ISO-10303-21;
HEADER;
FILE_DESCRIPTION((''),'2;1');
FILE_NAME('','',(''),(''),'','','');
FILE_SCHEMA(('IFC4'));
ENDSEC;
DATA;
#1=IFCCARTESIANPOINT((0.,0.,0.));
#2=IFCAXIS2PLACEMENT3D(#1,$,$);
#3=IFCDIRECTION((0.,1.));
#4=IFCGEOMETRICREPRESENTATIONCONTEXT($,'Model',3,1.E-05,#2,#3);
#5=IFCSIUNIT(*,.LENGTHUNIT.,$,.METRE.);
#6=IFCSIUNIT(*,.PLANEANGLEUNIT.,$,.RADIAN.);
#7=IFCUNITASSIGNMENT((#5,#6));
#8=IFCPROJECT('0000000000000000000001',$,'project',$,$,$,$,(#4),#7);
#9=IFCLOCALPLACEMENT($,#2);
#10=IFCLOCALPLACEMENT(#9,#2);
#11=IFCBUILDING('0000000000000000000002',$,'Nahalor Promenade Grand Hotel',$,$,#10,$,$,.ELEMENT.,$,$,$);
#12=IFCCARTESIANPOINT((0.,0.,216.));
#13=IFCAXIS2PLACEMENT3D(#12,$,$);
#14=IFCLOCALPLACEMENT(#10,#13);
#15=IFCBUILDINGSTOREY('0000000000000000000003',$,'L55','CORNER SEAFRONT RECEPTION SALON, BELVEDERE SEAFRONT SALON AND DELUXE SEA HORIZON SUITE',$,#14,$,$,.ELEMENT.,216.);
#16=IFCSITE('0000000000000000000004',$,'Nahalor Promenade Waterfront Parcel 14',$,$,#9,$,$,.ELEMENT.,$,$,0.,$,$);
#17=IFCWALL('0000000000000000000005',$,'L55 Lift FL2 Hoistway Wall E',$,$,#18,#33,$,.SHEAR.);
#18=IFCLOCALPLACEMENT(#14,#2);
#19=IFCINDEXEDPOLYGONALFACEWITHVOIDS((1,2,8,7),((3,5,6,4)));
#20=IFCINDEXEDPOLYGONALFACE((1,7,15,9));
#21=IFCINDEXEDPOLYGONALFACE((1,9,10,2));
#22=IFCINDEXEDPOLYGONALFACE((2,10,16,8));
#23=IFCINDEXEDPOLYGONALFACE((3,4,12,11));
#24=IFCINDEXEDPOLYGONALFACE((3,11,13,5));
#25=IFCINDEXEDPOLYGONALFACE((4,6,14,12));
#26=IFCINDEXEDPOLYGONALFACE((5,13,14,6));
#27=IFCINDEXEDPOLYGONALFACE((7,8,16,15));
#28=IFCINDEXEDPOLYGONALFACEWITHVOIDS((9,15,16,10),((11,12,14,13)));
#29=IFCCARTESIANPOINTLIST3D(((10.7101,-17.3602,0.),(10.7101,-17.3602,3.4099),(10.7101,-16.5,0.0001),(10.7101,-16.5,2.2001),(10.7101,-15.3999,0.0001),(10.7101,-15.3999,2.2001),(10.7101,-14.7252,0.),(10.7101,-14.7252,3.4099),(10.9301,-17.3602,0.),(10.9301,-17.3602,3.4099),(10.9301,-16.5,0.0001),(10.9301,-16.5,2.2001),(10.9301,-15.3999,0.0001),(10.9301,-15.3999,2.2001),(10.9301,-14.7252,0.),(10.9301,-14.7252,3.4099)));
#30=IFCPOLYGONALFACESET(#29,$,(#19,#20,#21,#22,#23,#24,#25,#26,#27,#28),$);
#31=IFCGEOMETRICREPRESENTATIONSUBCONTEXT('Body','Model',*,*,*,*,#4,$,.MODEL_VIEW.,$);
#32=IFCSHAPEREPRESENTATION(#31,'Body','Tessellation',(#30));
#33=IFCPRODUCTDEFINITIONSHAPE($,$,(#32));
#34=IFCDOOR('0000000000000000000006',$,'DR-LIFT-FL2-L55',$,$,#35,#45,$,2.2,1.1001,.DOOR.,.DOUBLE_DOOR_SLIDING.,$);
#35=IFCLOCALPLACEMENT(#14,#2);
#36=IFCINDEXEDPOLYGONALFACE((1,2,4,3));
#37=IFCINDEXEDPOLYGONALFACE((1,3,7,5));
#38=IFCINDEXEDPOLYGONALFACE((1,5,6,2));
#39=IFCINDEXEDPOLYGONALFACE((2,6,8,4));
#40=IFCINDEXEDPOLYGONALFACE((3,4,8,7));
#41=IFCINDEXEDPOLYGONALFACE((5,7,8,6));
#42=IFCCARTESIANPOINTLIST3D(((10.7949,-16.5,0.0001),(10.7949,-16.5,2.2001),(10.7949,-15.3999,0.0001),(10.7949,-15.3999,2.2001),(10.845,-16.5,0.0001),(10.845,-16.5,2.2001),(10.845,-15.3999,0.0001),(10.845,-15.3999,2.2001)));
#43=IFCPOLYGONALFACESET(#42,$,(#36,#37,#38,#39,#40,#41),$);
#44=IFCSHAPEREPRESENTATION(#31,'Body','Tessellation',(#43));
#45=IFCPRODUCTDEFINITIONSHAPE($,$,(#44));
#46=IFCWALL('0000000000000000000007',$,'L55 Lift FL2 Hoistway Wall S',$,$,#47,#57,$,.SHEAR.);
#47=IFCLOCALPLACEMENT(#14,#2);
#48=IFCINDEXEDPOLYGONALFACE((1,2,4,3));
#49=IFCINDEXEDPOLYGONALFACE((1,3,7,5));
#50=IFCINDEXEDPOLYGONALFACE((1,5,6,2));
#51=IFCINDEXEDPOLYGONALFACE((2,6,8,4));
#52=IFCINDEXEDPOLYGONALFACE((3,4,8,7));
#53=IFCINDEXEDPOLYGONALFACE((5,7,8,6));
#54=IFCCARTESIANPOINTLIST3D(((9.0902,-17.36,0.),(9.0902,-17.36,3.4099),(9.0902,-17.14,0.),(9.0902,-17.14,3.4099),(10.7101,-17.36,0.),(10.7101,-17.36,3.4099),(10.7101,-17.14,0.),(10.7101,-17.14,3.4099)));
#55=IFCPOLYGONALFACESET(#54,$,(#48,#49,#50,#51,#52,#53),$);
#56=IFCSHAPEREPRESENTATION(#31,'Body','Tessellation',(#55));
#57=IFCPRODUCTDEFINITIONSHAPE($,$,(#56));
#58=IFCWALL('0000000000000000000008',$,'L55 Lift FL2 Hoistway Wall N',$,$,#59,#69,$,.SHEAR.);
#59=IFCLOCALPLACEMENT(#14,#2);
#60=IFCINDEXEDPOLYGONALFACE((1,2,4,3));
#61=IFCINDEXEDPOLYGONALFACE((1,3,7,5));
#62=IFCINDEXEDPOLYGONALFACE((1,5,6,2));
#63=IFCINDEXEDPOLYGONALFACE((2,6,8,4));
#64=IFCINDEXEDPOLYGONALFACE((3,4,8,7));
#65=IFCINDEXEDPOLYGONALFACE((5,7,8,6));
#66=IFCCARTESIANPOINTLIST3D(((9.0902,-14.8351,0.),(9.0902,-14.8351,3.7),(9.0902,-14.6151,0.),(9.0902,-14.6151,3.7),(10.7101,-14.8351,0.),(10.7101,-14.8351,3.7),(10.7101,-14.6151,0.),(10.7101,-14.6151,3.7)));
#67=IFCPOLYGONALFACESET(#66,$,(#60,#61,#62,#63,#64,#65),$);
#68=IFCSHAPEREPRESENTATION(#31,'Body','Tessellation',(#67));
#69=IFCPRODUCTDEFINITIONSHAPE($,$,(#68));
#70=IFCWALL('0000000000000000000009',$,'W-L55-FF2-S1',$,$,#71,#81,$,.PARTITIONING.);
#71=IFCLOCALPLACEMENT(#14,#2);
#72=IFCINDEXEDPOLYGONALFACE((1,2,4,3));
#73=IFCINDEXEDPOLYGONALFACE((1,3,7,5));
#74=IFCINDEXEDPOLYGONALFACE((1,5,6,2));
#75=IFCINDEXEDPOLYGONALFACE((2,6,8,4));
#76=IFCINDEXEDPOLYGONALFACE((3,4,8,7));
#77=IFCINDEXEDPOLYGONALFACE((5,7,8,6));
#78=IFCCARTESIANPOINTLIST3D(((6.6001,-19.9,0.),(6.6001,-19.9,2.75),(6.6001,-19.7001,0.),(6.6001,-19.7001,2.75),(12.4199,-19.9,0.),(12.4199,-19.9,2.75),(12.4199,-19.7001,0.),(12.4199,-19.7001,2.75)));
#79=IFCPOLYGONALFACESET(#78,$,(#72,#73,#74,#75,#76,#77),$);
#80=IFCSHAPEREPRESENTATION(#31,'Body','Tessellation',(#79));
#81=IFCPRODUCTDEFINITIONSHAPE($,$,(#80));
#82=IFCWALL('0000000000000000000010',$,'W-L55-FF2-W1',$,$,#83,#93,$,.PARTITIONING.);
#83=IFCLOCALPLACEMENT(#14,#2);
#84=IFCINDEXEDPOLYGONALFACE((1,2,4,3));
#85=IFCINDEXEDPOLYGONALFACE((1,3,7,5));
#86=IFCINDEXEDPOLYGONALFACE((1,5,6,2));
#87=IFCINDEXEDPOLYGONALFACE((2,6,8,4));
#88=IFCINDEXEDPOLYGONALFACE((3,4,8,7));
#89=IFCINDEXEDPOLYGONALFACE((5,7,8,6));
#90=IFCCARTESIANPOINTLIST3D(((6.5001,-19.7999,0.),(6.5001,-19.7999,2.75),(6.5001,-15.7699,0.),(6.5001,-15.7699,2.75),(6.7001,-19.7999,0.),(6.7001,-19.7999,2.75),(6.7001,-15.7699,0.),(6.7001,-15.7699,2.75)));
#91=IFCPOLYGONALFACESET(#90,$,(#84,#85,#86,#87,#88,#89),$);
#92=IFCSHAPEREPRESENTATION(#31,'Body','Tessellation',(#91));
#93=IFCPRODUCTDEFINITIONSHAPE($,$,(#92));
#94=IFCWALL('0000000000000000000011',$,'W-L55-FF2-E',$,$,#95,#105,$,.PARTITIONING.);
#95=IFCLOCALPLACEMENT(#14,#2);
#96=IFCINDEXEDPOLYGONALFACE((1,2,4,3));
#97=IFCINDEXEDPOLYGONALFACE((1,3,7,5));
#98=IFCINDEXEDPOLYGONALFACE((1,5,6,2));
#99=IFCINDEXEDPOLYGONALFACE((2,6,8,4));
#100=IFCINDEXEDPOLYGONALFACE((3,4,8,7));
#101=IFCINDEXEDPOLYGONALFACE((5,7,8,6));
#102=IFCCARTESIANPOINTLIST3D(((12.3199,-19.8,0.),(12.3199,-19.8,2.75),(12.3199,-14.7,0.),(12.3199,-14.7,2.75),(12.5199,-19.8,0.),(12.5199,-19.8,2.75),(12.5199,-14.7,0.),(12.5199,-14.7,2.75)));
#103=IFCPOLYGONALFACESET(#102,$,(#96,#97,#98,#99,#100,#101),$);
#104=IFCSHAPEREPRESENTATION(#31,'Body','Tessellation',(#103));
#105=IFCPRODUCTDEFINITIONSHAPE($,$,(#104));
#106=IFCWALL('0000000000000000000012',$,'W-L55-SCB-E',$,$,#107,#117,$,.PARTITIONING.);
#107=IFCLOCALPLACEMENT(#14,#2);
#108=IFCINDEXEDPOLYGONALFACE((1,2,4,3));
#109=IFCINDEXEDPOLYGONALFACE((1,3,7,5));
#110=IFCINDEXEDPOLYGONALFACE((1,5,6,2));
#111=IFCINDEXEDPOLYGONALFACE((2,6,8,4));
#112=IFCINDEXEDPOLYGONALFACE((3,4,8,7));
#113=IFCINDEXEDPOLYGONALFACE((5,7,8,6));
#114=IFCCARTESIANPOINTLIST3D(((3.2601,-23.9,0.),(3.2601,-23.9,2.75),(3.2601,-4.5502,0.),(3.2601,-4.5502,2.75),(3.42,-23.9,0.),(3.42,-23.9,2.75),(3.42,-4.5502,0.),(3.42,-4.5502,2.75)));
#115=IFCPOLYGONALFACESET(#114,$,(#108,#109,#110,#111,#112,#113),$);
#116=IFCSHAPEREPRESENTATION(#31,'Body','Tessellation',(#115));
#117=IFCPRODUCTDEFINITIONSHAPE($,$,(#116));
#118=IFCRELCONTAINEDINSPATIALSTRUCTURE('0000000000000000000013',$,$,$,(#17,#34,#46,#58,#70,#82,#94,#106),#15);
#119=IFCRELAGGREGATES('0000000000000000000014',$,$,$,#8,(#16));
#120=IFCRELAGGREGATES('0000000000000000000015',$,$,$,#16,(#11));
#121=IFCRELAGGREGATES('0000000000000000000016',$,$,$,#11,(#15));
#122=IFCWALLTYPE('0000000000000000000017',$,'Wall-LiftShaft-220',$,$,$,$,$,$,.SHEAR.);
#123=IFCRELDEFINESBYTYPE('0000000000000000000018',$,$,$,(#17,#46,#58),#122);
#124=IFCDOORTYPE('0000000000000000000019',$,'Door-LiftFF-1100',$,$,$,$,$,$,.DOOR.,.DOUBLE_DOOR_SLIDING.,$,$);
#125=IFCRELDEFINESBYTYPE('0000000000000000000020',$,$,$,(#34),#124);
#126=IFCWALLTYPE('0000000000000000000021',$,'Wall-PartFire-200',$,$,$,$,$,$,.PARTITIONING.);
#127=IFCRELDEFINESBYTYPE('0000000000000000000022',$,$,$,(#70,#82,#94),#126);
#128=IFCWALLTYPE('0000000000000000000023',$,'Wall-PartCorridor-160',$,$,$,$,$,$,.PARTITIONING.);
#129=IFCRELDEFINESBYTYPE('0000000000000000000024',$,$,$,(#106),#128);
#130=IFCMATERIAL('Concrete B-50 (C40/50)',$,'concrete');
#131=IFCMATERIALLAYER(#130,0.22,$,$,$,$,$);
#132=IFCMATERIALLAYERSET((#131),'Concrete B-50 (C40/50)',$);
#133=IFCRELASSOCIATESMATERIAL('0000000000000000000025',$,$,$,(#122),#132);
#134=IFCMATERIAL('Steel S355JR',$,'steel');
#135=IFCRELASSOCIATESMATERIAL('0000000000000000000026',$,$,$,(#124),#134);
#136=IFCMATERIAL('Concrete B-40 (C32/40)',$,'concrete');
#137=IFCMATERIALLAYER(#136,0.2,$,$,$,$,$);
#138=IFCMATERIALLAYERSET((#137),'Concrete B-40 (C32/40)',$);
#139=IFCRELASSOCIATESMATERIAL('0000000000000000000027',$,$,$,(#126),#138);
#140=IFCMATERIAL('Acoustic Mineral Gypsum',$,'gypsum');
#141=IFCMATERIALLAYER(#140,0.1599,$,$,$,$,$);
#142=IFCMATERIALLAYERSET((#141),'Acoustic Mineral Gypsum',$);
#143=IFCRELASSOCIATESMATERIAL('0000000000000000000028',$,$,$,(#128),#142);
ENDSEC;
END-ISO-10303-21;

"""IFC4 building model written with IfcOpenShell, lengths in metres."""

from ifc_helpers import new_model, si_unit, direction, frame, frame_2d, origin, place, context, subcontext, project, spatial, rectangle, extrude, source, transform, mapped, material, layer, layer_set, type_object, element, fill, save


model = new_model("IFC4")

# Units and contexts
model_context = context("Model", 3, precision=1e-05, world=origin(), true_north=direction((0.0, 1.0)))
body_context = subcontext(model_context, "Body", "Model", "MODEL_VIEW")
ifc_project = project(units=[si_unit("LENGTHUNIT", "METRE"), si_unit("PLANEANGLEUNIT", "RADIAN")], contexts=[model_context])

# Site, building, storey
site_placement = place(None, origin())
site = spatial("IfcSite", under=ifc_project, at=site_placement, Name="Nahalor Promenade Waterfront Parcel 14", CompositionType="ELEMENT", RefElevation=0.0)
building_placement = place(site_placement, origin())
building = spatial("IfcBuilding", under=site, at=building_placement, Name="Nahalor Promenade Grand Hotel", CompositionType="ELEMENT")
storey_placement = place(building_placement, frame((0.0, 0.0, 216.0)))
storey = spatial("IfcBuildingStorey", under=building, at=storey_placement, Name="L55", Description="CORNER SEAFRONT RECEPTION SALON, BELVEDERE SEAFRONT SALON AND DELUXE SEA HORIZON SUITE", CompositionType="ELEMENT", Elevation=216.0)

# Shared definitions
ifc_material_1 = material(Name="Steel S355JR", Category="steel")

# Shared definitions
ifc_material_2 = material(Name="Concrete B-50 (C40/50)", Category="concrete")

# Shared definitions
ifc_layer_1 = layer(ifc_material_2, 0.22)
ifc_layer_set_1 = layer_set([ifc_layer_1], Name="Concrete B-50 (C40/50)")
wall_type_1 = type_object("IfcWallType", Name="Wall-LiftShaft-220", PredefinedType="SHEAR", material=ifc_layer_set_1)
shared_shape_1 = source(origin(), body_context, "Body", "SweptSolid", [
    extrude(rectangle(XDim=2.635, YDim=0.22, at=frame_2d((1.3174, 0.0))), origin(), (0.0, 0.0, 1.0), 3.4099),
])

# Wall, opening, door
wall_1_placement = place(storey_placement, frame((10.8201, -17.3601, 0.0), z_axis=(0.0, 0.0, 1.0), x_axis=(0.0, 1.0, 0.0)))
wall_1 = element("IfcWall", 1, at=wall_1_placement, inside=storey, type_object=wall_type_1, Name="L55 Lift FL2 Hoistway Wall E", PredefinedType="SHEAR", context=body_context, shape_type="MappedRepresentation", body=[
    mapped(shared_shape_1, transform((0.0, 0.0, 0.0), scale=1.0)),
])
opening_1_placement = place(wall_1_placement, frame((0.8601, 0.0, 0.0)))
opening_1 = element("IfcOpeningElement", 2, at=opening_1_placement, cuts=wall_1, PredefinedType="OPENING", context=body_context, shape_type="SweptSolid", body=[
    extrude(rectangle(XDim=1.1001, YDim=2.2, at=frame_2d((0.55, 1.1001))), frame((0.0, 0.1199, 0.0), z_axis=(0.0, -1.0, 0.0), x_axis=(1.0, 0.0, 0.0)), (0.0, 0.0, 1.0), 0.24),
])
door_type_1 = type_object("IfcDoorType", Name="Door-LiftFF-1100", OperationType="DOUBLE_DOOR_SLIDING", PredefinedType="DOOR", material=ifc_material_1)
shared_shape_2 = source(origin(), body_context, "Body", "SweptSolid", [
    extrude(rectangle(XDim=1.1001, YDim=2.2, at=frame_2d((0.55, 1.1001))), frame((0.0, 0.0249, 0.0), z_axis=(0.0, -1.0, 0.0), x_axis=(1.0, 0.0, 0.0)), (0.0, 0.0, 1.0), 0.05),
])
door_1_placement = place(opening_1_placement, frame((1.1001, 0.0, 0.0), z_axis=(0.0, 0.0, 1.0), x_axis=(-1.0, 0.0, 0.0)))
door_1 = element("IfcDoor", 3, at=door_1_placement, inside=storey, type_object=door_type_1, Name="DR-LIFT-FL2-L55", OperationType="DOUBLE_DOOR_SLIDING", OverallHeight=2.2, OverallWidth=1.1001, PredefinedType="DOOR", context=body_context, shape_type="MappedRepresentation", body=[
    mapped(shared_shape_2, transform((0.0, 0.0, 0.0), scale=1.0)),
])
fill(opening_1, door_1)

# Walls
shared_shape_3 = source(origin(), body_context, "Body", "SweptSolid", [
    extrude(rectangle(XDim=1.6199, YDim=0.22, at=frame_2d((0.8101, 0.0))), origin(), (0.0, 0.0, 1.0), 3.4099),
])
wall_2_placement = place(storey_placement, frame((9.0901, -17.25, 0.0), z_axis=(0.0, 0.0, 1.0), x_axis=(1.0, 0.0, 0.0)))
element("IfcWall", 4, at=wall_2_placement, inside=storey, type_object=wall_type_1, Name="L55 Lift FL2 Hoistway Wall S", PredefinedType="SHEAR", context=body_context, shape_type="MappedRepresentation", body=[
    mapped(shared_shape_3, transform((0.0, 0.0, 0.0), scale=1.0)),
])
shared_shape_4 = source(origin(), body_context, "Body", "SweptSolid", [
    extrude(rectangle(XDim=1.6199, YDim=0.22, at=frame_2d((0.8101, 0.0))), origin(), (0.0, 0.0, 1.0), 3.7),
])
wall_3_placement = place(storey_placement, frame((9.0901, -14.7251, 0.0), z_axis=(0.0, 0.0, 1.0), x_axis=(1.0, 0.0, 0.0)))
element("IfcWall", 5, at=wall_3_placement, inside=storey, type_object=wall_type_1, Name="L55 Lift FL2 Hoistway Wall N", PredefinedType="SHEAR", context=body_context, shape_type="MappedRepresentation", body=[
    mapped(shared_shape_4, transform((0.0, 0.0, 0.0), scale=1.0)),
])
ifc_material_3 = material(Name="Concrete B-40 (C32/40)", Category="concrete")
ifc_layer_2 = layer(ifc_material_3, 0.2)
ifc_layer_set_2 = layer_set([ifc_layer_2], Name="Concrete B-40 (C32/40)")
wall_type_2 = type_object("IfcWallType", Name="Wall-PartFire-200", PredefinedType="PARTITIONING", material=ifc_layer_set_2)
shared_shape_5 = source(origin(), body_context, "Body", "SweptSolid", [
    extrude(rectangle(XDim=5.8198, YDim=0.2, at=frame_2d((2.9099, 0.0))), origin(), (0.0, 0.0, 1.0), 2.75),
])
wall_4_placement = place(storey_placement, frame((6.6001, -19.8, 0.0), z_axis=(0.0, 0.0, 1.0), x_axis=(1.0, 0.0, 0.0)))
element("IfcWall", 6, at=wall_4_placement, inside=storey, type_object=wall_type_2, Name="W-L55-FF2-S1", PredefinedType="PARTITIONING", context=body_context, shape_type="MappedRepresentation", body=[
    mapped(shared_shape_5, transform((0.0, 0.0, 0.0), scale=1.0)),
])
shared_shape_6 = source(origin(), body_context, "Body", "SweptSolid", [
    extrude(rectangle(XDim=4.03, YDim=0.2, at=frame_2d((2.0151, 0.0))), origin(), (0.0, 0.0, 1.0), 2.75),
])
wall_5_placement = place(storey_placement, frame((6.6001, -19.8, 0.0), z_axis=(0.0, 0.0, 1.0), x_axis=(0.0, 1.0, 0.0)))
element("IfcWall", 7, at=wall_5_placement, inside=storey, type_object=wall_type_2, Name="W-L55-FF2-W1", PredefinedType="PARTITIONING", context=body_context, shape_type="MappedRepresentation", body=[
    mapped(shared_shape_6, transform((0.0, 0.0, 0.0), scale=1.0)),
])
shared_shape_7 = source(origin(), body_context, "Body", "SweptSolid", [
    extrude(rectangle(XDim=5.1001, YDim=0.2, at=frame_2d((2.55, 0.0))), origin(), (0.0, 0.0, 1.0), 2.75),
])
wall_6_placement = place(storey_placement, frame((12.4199, -19.8, 0.0), z_axis=(0.0, 0.0, 1.0), x_axis=(0.0, 1.0, 0.0)))
element("IfcWall", 8, at=wall_6_placement, inside=storey, type_object=wall_type_2, Name="W-L55-FF2-E", PredefinedType="PARTITIONING", context=body_context, shape_type="MappedRepresentation", body=[
    mapped(shared_shape_7, transform((0.0, 0.0, 0.0), scale=1.0)),
])

# Wall
ifc_material_4 = material(Name="Acoustic Mineral Gypsum", Category="gypsum")
ifc_layer_3 = layer(ifc_material_4, 0.1599)
ifc_layer_set_3 = layer_set([ifc_layer_3], Name="Acoustic Mineral Gypsum")
wall_type_3 = type_object("IfcWallType", Name="Wall-PartCorridor-160", PredefinedType="PARTITIONING", material=ifc_layer_set_3)
shared_shape_8 = source(origin(), body_context, "Body", "SweptSolid", [
    extrude(rectangle(XDim=19.3499, YDim=0.1599, at=frame_2d((9.6748, 0.0))), origin(), (0.0, 0.0, 1.0), 2.75),
])
wall_7_placement = place(storey_placement, frame((3.3401, -23.8999, 0.0), z_axis=(0.0, 0.0, 1.0), x_axis=(0.0, 1.0, 0.0)))
element("IfcWall", 9, at=wall_7_placement, inside=storey, type_object=wall_type_3, Name="W-L55-SCB-E", PredefinedType="PARTITIONING", context=body_context, shape_type="MappedRepresentation", body=[
    mapped(shared_shape_8, transform((0.0, 0.0, 0.0), scale=1.0)),
])

save(model, "model.ifc")
